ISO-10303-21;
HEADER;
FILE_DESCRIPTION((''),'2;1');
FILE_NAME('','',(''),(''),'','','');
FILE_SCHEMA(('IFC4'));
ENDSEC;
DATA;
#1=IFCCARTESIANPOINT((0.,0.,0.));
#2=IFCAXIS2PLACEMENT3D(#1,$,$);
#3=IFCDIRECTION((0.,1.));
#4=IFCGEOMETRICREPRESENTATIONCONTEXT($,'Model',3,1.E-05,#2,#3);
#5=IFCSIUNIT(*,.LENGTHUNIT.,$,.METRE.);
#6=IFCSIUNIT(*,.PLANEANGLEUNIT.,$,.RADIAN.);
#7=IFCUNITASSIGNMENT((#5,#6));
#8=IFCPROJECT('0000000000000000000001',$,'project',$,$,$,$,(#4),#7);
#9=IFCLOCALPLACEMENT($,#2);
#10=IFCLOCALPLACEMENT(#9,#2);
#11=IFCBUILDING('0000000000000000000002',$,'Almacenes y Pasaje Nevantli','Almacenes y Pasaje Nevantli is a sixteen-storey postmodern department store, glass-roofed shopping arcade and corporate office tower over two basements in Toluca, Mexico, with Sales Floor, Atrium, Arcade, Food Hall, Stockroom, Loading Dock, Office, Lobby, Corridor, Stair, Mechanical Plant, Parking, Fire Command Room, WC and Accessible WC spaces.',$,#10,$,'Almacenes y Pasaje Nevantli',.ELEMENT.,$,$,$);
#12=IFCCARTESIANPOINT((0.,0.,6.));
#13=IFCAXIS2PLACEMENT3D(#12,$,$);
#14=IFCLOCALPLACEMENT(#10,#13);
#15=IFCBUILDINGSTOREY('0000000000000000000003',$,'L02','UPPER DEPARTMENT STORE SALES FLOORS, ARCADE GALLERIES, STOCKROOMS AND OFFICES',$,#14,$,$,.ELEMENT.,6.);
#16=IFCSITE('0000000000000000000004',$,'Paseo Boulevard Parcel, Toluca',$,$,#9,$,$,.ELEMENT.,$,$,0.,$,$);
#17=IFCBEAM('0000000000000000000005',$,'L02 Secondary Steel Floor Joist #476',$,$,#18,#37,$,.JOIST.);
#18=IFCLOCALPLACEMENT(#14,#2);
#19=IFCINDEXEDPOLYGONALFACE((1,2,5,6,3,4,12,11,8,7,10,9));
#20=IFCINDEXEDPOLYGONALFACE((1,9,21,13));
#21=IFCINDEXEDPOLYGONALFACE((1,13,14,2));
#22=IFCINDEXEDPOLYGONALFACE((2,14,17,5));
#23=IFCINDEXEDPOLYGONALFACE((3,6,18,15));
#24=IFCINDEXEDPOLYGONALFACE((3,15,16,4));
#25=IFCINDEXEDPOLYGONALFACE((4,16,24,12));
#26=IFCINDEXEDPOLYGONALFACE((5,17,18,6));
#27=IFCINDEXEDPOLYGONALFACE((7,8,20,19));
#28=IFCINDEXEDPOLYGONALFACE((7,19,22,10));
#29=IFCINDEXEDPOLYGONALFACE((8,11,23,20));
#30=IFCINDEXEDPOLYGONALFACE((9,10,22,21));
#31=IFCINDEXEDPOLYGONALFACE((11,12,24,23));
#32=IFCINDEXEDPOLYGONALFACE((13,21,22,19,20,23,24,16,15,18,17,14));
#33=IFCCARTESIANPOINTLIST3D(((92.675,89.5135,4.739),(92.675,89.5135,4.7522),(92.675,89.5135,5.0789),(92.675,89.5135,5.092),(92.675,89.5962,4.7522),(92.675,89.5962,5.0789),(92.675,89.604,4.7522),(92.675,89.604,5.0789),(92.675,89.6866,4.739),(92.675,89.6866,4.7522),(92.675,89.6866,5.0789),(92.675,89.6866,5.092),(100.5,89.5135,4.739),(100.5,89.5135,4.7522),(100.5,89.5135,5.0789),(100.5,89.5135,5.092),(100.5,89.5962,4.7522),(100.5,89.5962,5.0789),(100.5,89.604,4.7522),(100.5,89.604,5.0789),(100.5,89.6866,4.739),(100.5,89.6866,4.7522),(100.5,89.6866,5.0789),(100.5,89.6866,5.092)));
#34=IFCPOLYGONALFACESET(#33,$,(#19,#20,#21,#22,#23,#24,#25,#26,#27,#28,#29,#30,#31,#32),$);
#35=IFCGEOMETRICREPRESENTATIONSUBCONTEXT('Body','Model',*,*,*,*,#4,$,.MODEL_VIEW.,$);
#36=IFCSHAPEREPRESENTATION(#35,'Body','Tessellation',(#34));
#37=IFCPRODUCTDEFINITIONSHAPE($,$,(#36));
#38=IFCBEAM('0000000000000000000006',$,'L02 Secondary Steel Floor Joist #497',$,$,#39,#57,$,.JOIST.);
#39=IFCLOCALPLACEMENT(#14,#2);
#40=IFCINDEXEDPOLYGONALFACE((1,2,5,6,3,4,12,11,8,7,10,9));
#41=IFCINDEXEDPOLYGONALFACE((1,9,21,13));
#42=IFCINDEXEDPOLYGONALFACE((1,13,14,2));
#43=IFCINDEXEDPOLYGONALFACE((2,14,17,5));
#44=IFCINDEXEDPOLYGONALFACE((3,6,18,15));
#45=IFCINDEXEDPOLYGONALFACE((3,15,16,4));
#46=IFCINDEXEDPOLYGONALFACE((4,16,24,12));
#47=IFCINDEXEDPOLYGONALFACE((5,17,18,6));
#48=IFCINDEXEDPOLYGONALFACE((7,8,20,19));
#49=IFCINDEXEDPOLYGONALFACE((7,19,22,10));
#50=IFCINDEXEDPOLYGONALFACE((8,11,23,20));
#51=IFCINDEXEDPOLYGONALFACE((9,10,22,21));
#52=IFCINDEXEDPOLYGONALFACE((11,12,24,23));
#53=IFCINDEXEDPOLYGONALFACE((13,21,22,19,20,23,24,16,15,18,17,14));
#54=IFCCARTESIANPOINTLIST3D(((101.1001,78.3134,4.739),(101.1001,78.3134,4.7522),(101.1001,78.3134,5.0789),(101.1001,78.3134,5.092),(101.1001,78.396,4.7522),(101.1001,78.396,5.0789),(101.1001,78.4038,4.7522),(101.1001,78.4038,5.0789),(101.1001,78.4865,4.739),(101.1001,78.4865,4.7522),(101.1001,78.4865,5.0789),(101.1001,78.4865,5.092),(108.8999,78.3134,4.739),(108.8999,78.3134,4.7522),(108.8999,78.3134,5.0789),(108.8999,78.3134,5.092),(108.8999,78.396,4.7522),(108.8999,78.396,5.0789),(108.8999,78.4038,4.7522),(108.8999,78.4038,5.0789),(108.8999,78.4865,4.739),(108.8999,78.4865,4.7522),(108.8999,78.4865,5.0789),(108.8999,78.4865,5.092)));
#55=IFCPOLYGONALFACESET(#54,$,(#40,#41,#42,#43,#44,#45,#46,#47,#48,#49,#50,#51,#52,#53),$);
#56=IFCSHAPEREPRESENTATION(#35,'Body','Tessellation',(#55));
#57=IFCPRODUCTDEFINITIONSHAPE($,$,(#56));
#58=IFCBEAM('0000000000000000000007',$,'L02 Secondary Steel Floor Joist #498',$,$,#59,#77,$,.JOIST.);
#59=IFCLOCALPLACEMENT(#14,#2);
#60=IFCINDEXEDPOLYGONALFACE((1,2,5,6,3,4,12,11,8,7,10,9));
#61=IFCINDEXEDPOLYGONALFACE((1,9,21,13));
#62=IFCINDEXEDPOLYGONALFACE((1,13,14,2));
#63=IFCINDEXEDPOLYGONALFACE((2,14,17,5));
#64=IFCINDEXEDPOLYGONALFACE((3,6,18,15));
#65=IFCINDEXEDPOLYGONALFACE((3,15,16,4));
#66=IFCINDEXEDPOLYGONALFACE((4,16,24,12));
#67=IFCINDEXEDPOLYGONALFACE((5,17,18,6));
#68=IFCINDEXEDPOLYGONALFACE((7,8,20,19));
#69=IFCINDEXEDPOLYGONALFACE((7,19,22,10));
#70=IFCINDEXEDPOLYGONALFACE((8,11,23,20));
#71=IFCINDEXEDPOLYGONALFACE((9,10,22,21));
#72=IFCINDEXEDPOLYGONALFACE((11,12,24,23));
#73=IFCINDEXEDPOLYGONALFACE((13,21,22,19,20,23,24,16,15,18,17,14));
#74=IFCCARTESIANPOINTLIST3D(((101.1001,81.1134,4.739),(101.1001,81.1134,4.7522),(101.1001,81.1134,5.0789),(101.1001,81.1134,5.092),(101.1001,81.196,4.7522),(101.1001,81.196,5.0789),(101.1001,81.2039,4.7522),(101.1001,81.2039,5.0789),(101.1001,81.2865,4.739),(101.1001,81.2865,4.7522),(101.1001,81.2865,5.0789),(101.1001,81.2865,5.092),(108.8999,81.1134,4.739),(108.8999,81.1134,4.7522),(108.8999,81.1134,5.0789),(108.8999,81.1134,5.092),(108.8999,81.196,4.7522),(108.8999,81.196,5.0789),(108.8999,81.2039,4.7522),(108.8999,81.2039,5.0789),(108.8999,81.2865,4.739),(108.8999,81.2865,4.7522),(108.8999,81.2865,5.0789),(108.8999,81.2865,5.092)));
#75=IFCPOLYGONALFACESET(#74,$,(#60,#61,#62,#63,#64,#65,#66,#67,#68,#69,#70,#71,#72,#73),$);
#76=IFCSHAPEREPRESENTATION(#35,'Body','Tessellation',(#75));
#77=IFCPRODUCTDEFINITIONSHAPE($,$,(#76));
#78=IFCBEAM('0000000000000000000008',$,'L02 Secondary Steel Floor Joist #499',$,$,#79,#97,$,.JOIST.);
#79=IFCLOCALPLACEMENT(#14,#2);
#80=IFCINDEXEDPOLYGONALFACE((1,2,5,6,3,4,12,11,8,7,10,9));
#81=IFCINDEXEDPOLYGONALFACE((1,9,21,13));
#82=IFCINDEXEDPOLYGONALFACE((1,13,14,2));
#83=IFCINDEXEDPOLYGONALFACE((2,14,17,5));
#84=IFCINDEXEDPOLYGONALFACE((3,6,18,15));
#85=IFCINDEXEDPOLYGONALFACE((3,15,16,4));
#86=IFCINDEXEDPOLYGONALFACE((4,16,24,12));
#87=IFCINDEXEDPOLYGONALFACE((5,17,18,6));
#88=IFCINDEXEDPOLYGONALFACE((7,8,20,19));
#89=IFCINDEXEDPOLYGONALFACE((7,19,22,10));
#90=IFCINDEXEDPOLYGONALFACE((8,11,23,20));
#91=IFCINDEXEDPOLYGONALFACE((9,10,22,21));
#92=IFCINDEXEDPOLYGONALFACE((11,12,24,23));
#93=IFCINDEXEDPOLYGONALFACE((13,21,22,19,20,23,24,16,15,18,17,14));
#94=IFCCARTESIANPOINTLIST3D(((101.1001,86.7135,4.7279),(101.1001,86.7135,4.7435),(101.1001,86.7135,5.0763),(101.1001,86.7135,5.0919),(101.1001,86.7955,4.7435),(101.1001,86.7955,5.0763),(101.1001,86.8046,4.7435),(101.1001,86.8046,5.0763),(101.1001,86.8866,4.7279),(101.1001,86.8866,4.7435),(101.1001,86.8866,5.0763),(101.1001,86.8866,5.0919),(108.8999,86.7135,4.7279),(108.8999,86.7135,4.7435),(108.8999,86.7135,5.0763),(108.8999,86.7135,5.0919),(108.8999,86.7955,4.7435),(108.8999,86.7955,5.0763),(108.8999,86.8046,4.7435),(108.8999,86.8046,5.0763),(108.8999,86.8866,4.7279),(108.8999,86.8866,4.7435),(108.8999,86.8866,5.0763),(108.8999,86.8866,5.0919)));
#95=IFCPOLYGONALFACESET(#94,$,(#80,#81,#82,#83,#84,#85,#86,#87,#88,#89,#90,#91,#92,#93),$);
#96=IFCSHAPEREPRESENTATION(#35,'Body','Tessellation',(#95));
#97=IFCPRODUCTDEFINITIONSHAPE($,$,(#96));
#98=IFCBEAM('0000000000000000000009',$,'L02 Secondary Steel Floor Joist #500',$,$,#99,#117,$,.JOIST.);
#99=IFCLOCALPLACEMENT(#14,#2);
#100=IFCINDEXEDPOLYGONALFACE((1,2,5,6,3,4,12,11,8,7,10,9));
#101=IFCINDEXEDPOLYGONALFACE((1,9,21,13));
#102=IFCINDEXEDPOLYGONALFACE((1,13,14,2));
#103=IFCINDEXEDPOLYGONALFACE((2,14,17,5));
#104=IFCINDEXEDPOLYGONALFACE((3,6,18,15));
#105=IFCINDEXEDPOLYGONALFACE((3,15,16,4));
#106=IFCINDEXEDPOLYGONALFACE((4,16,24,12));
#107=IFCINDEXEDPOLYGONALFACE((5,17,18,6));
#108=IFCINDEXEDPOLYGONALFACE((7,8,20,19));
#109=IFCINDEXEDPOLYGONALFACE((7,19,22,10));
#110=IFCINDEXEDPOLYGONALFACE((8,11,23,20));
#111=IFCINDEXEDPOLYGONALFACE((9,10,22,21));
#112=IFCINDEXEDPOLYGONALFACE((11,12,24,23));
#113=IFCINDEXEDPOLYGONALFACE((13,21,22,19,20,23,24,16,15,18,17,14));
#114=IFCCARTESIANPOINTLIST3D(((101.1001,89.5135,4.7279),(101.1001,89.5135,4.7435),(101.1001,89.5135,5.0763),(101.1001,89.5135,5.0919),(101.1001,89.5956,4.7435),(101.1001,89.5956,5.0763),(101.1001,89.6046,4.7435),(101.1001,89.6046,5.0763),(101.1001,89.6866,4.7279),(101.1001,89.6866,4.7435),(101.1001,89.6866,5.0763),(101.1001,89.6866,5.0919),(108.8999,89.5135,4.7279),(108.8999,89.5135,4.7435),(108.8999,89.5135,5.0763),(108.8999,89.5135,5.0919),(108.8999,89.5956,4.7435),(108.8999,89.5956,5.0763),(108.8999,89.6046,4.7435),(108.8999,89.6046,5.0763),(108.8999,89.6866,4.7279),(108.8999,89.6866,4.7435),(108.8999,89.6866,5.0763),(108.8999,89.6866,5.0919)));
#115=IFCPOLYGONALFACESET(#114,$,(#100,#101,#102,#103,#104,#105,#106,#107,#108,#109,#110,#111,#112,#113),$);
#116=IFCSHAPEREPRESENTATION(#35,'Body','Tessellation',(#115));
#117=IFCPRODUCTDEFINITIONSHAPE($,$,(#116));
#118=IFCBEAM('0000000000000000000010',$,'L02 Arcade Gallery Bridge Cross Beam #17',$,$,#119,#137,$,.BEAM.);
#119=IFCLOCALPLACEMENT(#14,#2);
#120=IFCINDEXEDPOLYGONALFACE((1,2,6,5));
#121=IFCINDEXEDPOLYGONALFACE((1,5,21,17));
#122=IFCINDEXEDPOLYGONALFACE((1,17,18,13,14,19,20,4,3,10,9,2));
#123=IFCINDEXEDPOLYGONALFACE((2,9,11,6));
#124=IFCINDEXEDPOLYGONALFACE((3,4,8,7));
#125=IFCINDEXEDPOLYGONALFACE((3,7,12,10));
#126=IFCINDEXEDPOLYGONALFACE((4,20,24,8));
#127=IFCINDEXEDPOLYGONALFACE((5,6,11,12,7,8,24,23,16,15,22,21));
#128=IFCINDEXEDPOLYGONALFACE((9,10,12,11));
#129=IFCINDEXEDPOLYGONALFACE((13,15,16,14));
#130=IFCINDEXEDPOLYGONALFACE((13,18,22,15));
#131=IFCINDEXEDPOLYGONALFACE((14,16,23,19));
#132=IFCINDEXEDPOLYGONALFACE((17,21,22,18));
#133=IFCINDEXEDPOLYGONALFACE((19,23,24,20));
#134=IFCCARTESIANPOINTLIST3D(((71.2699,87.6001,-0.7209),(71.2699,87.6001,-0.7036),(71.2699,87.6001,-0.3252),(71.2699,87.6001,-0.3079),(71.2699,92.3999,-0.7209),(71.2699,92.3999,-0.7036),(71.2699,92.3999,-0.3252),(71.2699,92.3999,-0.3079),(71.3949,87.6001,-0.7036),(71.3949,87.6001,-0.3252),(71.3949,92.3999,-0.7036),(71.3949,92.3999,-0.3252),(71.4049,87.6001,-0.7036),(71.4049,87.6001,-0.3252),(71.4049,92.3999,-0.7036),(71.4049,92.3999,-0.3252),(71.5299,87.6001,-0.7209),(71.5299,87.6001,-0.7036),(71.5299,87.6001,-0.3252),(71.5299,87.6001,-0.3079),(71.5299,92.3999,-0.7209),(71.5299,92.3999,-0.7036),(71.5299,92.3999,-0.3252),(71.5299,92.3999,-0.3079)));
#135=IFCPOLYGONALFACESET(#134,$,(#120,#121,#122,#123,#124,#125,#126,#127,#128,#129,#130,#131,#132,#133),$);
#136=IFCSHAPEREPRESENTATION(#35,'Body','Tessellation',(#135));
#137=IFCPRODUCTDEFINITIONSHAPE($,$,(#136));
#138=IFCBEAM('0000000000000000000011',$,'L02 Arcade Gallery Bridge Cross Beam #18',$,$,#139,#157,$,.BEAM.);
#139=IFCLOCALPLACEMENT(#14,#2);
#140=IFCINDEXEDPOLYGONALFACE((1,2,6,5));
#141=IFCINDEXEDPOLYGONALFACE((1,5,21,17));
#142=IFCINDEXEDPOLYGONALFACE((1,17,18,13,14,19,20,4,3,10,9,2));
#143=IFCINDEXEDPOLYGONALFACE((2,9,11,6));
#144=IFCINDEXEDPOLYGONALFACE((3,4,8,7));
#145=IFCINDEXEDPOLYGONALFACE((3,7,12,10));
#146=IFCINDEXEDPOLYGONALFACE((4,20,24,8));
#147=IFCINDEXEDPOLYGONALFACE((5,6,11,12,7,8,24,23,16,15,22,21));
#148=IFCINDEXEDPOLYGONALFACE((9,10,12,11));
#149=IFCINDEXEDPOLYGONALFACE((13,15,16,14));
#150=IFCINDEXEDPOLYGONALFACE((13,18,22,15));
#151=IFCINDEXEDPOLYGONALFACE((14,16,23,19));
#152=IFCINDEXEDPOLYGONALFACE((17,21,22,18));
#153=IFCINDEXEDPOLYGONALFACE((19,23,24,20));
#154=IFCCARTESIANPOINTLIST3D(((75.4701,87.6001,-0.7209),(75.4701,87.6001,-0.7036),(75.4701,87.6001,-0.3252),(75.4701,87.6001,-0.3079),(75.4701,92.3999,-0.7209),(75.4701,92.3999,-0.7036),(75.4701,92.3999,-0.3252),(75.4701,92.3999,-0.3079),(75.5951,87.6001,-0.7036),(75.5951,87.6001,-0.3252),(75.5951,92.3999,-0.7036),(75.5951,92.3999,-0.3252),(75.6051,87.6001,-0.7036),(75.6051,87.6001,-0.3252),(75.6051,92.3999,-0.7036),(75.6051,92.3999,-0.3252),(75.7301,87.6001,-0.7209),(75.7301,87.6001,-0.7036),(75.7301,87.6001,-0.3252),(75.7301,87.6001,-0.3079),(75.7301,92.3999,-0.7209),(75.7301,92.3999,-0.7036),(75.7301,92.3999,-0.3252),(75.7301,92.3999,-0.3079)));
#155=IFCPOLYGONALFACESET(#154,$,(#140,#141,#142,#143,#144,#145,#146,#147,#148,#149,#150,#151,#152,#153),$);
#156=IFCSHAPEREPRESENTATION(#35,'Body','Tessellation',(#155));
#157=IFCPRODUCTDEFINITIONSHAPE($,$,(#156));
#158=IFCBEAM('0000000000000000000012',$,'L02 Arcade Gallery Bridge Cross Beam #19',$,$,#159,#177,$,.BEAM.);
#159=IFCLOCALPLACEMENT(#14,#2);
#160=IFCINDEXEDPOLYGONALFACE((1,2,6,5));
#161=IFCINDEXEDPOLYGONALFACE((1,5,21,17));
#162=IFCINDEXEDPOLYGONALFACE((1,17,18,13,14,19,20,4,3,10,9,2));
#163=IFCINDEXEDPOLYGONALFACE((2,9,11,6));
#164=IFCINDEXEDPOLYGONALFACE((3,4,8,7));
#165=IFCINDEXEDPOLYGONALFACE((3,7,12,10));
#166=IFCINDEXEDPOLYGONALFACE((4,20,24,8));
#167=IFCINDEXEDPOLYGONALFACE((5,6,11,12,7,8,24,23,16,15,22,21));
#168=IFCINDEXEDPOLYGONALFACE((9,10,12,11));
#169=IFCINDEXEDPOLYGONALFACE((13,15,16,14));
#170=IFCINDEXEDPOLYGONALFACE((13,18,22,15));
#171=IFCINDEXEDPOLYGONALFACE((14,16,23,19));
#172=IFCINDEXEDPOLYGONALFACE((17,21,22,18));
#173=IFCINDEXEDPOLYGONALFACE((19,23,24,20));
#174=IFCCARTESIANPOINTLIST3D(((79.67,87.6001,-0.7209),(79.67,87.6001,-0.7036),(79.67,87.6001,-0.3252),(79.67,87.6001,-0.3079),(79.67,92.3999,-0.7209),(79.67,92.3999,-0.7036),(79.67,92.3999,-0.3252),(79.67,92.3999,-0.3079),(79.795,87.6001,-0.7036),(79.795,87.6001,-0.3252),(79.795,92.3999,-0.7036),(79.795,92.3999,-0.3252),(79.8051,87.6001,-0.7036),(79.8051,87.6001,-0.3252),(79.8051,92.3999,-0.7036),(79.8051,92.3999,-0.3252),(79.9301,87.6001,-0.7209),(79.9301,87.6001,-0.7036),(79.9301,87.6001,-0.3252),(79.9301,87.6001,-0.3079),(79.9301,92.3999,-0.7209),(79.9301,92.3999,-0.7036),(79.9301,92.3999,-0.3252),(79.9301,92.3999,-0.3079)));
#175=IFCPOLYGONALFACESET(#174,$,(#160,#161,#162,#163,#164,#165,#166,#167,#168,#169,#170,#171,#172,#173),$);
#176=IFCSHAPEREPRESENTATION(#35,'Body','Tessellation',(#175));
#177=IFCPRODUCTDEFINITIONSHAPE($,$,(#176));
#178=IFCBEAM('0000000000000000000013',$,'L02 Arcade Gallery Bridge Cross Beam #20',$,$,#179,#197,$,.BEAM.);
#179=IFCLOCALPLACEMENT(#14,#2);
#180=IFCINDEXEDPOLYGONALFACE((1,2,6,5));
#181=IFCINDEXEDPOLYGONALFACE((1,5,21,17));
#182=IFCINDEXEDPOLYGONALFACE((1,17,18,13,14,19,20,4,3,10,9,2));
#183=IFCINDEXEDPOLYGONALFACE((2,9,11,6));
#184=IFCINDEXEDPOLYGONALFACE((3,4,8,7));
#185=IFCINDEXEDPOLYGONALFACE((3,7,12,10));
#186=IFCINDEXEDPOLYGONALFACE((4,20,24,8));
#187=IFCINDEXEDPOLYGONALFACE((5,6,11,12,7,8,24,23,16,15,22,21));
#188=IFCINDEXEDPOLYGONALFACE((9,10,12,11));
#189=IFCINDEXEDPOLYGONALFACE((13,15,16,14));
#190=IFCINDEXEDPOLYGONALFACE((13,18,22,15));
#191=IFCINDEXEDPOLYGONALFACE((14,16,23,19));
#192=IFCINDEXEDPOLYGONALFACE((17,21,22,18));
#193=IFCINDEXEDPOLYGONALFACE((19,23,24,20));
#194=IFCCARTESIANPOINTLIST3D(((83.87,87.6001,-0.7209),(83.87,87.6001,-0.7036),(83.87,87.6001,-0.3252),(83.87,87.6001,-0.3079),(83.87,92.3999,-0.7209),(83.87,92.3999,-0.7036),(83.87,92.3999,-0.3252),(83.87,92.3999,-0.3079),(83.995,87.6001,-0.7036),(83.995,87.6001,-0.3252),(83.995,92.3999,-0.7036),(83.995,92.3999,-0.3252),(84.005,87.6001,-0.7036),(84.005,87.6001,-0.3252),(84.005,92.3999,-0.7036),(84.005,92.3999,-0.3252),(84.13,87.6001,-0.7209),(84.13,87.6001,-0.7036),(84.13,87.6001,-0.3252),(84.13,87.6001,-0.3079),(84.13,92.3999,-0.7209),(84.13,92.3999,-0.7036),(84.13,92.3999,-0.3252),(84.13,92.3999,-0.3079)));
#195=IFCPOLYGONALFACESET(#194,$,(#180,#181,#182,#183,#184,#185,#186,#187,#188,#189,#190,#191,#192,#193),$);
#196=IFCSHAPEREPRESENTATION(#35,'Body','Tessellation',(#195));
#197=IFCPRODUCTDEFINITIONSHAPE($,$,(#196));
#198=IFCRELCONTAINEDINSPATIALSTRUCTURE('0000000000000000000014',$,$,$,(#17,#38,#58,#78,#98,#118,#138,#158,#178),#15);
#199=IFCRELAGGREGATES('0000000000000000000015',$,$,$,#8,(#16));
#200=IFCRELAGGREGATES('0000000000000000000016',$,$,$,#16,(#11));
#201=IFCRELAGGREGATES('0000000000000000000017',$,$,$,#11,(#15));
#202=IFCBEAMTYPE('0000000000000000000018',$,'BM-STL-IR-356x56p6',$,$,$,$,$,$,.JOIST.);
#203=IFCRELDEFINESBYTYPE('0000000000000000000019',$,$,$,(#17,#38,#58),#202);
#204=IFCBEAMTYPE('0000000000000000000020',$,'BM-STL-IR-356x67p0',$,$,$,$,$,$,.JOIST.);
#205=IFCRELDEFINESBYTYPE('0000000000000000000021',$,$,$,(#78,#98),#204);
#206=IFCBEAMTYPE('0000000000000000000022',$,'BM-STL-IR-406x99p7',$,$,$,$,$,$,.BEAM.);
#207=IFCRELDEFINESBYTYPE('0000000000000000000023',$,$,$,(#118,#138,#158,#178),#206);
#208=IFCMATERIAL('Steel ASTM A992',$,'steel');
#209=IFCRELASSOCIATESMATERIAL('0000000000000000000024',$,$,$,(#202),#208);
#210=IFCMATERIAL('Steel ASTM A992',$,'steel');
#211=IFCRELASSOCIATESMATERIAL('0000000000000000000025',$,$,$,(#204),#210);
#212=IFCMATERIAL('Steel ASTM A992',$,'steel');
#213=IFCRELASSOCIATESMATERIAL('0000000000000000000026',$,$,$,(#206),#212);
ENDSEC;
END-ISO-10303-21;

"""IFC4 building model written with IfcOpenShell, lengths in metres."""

from ifc_helpers import new_model, si_unit, direction, frame, origin, origin_2d, place, context, subcontext, project, spatial, i_section, extrude, material, material_profile, profile_set, type_object, element, save


model = new_model("IFC4")

# Units and contexts
model_context = context("Model", 3, precision=1e-05, world=origin(), true_north=direction((0.0, 1.0)))
body_context = subcontext(model_context, "Body", "Model", "MODEL_VIEW")
ifc_project = project(units=[si_unit("LENGTHUNIT", "METRE"), si_unit("PLANEANGLEUNIT", "RADIAN")], contexts=[model_context])

# Site, building, storey
site_placement = place(None, origin())
site = spatial("IfcSite", under=ifc_project, at=site_placement, Name="Paseo Boulevard Parcel, Toluca", CompositionType="ELEMENT", RefElevation=0.0)
building_placement = place(site_placement, origin())
building = spatial("IfcBuilding", under=site, at=building_placement, Name="Almacenes y Pasaje Nevantli", Description="Almacenes y Pasaje Nevantli is a sixteen-storey postmodern department store, glass-roofed shopping arcade and corporate office tower over two basements in Toluca, Mexico, with Sales Floor, Atrium, Arcade, Food Hall, Stockroom, Loading Dock, Office, Lobby, Corridor, Stair, Mechanical Plant, Parking, Fire Command Room, WC and Accessible WC spaces.", LongName="Almacenes y Pasaje Nevantli", CompositionType="ELEMENT")
storey_placement = place(building_placement, frame((0.0, 0.0, 6.0)))
storey = spatial("IfcBuildingStorey", under=building, at=storey_placement, Name="L02", Description="UPPER DEPARTMENT STORE SALES FLOORS, ARCADE GALLERIES, STOCKROOMS AND OFFICES", CompositionType="ELEMENT", Elevation=6.0)

# Beams
ifc_material_1 = material(Name="Steel ASTM A992", Category="steel")
ifc_material_profile_1 = material_profile(ifc_material_1, i_section(OverallWidth=0.1731, OverallDepth=0.353, WebThickness=0.0078, FlangeThickness=0.0132, at=origin_2d()), Name="IR 356x56.6")
ifc_profile_set_1 = profile_set([ifc_material_profile_1], Name="Steel ASTM A992")
beam_type_1 = type_object("IfcBeamType", Name="BM-STL-IR-356x56p6", PredefinedType="JOIST", material=ifc_profile_set_1)
for number, where, z_axis, x_axis, name in (
    (1, (92.675, 89.6001, 4.9155), (1.0, 0.0, 0.0), (0.0, 1.0, 0.0), "L02 Secondary Steel Floor Joist #476"),
):
    element("IfcBeam", number, at=place(storey_placement, frame(where, z_axis=z_axis, x_axis=x_axis)), inside=storey, type_object=beam_type_1, Name=name, PredefinedType="JOIST", context=body_context, shape_type="SweptSolid", body=[
        extrude(i_section(OverallWidth=0.1731, OverallDepth=0.353, WebThickness=0.0078, FlangeThickness=0.0132, at=origin_2d()), origin(), (0.0, 0.0, 1.0), 7.825),
    ])
for number, where, z_axis, x_axis, name in (
    (2, (101.1001, 78.3999, 4.9155), (1.0, 0.0, 0.0), (0.0, 1.0, 0.0), "L02 Secondary Steel Floor Joist #497"),
    (3, (101.1001, 81.2, 4.9155), (1.0, 0.0, 0.0), (0.0, 1.0, 0.0), "L02 Secondary Steel Floor Joist #498"),
):
    element("IfcBeam", number, at=place(storey_placement, frame(where, z_axis=z_axis, x_axis=x_axis)), inside=storey, type_object=beam_type_1, Name=name, PredefinedType="JOIST", context=body_context, shape_type="SweptSolid", body=[
        extrude(i_section(OverallWidth=0.1731, OverallDepth=0.353, WebThickness=0.0078, FlangeThickness=0.0132, at=origin_2d()), origin(), (0.0, 0.0, 1.0), 7.7998),
    ])
ifc_material_2 = material(Name="Steel ASTM A992", Category="steel")
ifc_material_profile_2 = material_profile(ifc_material_2, i_section(OverallWidth=0.1731, OverallDepth=0.364, WebThickness=0.009, FlangeThickness=0.0156, at=origin_2d()), Name="IR 356x67.0")
ifc_profile_set_2 = profile_set([ifc_material_profile_2], Name="Steel ASTM A992")
beam_type_2 = type_object("IfcBeamType", Name="BM-STL-IR-356x67p0", PredefinedType="JOIST", material=ifc_profile_set_2)
for number, where, z_axis, x_axis, name in (
    (4, (101.1001, 86.8, 4.9099), (1.0, 0.0, 0.0), (0.0, 1.0, 0.0), "L02 Secondary Steel Floor Joist #499"),
    (5, (101.1001, 89.6001, 4.9099), (1.0, 0.0, 0.0), (0.0, 1.0, 0.0), "L02 Secondary Steel Floor Joist #500"),
):
    element("IfcBeam", number, at=place(storey_placement, frame(where, z_axis=z_axis, x_axis=x_axis)), inside=storey, type_object=beam_type_2, Name=name, PredefinedType="JOIST", context=body_context, shape_type="SweptSolid", body=[
        extrude(i_section(OverallWidth=0.1731, OverallDepth=0.364, WebThickness=0.009, FlangeThickness=0.0156, at=origin_2d()), origin(), (0.0, 0.0, 1.0), 7.7998),
    ])
ifc_material_3 = material(Name="Steel ASTM A992", Category="steel")
ifc_material_profile_3 = material_profile(ifc_material_3, i_section(OverallWidth=0.26, OverallDepth=0.4131, WebThickness=0.01, FlangeThickness=0.0173, at=origin_2d()), Name="IR 406x99.7")
ifc_profile_set_3 = profile_set([ifc_material_profile_3], Name="Steel ASTM A992")
beam_type_3 = type_object("IfcBeamType", Name="BM-STL-IR-406x99p7", PredefinedType="BEAM", material=ifc_profile_set_3)
for number, where, z_axis, x_axis, name in (
    (6, (71.3999, 87.6001, -0.5144), (0.0, 1.0, 0.0), (-1.0, 0.0, 0.0), "L02 Arcade Gallery Bridge Cross Beam #17"),
    (7, (75.6001, 87.6001, -0.5144), (0.0, 1.0, 0.0), (-1.0, 0.0, 0.0), "L02 Arcade Gallery Bridge Cross Beam #18"),
    (8, (79.8, 87.6001, -0.5144), (0.0, 1.0, 0.0), (-1.0, 0.0, 0.0), "L02 Arcade Gallery Bridge Cross Beam #19"),
    (9, (84.0, 87.6001, -0.5144), (0.0, 1.0, 0.0), (-1.0, 0.0, 0.0), "L02 Arcade Gallery Bridge Cross Beam #20"),
):
    element("IfcBeam", number, at=place(storey_placement, frame(where, z_axis=z_axis, x_axis=x_axis)), inside=storey, type_object=beam_type_3, Name=name, PredefinedType="BEAM", context=body_context, shape_type="SweptSolid", body=[
        extrude(i_section(OverallWidth=0.26, OverallDepth=0.4131, WebThickness=0.01, FlangeThickness=0.0173, at=origin_2d()), origin(), (0.0, 0.0, 1.0), 4.7998),
    ])

save(model, "model.ifc")
